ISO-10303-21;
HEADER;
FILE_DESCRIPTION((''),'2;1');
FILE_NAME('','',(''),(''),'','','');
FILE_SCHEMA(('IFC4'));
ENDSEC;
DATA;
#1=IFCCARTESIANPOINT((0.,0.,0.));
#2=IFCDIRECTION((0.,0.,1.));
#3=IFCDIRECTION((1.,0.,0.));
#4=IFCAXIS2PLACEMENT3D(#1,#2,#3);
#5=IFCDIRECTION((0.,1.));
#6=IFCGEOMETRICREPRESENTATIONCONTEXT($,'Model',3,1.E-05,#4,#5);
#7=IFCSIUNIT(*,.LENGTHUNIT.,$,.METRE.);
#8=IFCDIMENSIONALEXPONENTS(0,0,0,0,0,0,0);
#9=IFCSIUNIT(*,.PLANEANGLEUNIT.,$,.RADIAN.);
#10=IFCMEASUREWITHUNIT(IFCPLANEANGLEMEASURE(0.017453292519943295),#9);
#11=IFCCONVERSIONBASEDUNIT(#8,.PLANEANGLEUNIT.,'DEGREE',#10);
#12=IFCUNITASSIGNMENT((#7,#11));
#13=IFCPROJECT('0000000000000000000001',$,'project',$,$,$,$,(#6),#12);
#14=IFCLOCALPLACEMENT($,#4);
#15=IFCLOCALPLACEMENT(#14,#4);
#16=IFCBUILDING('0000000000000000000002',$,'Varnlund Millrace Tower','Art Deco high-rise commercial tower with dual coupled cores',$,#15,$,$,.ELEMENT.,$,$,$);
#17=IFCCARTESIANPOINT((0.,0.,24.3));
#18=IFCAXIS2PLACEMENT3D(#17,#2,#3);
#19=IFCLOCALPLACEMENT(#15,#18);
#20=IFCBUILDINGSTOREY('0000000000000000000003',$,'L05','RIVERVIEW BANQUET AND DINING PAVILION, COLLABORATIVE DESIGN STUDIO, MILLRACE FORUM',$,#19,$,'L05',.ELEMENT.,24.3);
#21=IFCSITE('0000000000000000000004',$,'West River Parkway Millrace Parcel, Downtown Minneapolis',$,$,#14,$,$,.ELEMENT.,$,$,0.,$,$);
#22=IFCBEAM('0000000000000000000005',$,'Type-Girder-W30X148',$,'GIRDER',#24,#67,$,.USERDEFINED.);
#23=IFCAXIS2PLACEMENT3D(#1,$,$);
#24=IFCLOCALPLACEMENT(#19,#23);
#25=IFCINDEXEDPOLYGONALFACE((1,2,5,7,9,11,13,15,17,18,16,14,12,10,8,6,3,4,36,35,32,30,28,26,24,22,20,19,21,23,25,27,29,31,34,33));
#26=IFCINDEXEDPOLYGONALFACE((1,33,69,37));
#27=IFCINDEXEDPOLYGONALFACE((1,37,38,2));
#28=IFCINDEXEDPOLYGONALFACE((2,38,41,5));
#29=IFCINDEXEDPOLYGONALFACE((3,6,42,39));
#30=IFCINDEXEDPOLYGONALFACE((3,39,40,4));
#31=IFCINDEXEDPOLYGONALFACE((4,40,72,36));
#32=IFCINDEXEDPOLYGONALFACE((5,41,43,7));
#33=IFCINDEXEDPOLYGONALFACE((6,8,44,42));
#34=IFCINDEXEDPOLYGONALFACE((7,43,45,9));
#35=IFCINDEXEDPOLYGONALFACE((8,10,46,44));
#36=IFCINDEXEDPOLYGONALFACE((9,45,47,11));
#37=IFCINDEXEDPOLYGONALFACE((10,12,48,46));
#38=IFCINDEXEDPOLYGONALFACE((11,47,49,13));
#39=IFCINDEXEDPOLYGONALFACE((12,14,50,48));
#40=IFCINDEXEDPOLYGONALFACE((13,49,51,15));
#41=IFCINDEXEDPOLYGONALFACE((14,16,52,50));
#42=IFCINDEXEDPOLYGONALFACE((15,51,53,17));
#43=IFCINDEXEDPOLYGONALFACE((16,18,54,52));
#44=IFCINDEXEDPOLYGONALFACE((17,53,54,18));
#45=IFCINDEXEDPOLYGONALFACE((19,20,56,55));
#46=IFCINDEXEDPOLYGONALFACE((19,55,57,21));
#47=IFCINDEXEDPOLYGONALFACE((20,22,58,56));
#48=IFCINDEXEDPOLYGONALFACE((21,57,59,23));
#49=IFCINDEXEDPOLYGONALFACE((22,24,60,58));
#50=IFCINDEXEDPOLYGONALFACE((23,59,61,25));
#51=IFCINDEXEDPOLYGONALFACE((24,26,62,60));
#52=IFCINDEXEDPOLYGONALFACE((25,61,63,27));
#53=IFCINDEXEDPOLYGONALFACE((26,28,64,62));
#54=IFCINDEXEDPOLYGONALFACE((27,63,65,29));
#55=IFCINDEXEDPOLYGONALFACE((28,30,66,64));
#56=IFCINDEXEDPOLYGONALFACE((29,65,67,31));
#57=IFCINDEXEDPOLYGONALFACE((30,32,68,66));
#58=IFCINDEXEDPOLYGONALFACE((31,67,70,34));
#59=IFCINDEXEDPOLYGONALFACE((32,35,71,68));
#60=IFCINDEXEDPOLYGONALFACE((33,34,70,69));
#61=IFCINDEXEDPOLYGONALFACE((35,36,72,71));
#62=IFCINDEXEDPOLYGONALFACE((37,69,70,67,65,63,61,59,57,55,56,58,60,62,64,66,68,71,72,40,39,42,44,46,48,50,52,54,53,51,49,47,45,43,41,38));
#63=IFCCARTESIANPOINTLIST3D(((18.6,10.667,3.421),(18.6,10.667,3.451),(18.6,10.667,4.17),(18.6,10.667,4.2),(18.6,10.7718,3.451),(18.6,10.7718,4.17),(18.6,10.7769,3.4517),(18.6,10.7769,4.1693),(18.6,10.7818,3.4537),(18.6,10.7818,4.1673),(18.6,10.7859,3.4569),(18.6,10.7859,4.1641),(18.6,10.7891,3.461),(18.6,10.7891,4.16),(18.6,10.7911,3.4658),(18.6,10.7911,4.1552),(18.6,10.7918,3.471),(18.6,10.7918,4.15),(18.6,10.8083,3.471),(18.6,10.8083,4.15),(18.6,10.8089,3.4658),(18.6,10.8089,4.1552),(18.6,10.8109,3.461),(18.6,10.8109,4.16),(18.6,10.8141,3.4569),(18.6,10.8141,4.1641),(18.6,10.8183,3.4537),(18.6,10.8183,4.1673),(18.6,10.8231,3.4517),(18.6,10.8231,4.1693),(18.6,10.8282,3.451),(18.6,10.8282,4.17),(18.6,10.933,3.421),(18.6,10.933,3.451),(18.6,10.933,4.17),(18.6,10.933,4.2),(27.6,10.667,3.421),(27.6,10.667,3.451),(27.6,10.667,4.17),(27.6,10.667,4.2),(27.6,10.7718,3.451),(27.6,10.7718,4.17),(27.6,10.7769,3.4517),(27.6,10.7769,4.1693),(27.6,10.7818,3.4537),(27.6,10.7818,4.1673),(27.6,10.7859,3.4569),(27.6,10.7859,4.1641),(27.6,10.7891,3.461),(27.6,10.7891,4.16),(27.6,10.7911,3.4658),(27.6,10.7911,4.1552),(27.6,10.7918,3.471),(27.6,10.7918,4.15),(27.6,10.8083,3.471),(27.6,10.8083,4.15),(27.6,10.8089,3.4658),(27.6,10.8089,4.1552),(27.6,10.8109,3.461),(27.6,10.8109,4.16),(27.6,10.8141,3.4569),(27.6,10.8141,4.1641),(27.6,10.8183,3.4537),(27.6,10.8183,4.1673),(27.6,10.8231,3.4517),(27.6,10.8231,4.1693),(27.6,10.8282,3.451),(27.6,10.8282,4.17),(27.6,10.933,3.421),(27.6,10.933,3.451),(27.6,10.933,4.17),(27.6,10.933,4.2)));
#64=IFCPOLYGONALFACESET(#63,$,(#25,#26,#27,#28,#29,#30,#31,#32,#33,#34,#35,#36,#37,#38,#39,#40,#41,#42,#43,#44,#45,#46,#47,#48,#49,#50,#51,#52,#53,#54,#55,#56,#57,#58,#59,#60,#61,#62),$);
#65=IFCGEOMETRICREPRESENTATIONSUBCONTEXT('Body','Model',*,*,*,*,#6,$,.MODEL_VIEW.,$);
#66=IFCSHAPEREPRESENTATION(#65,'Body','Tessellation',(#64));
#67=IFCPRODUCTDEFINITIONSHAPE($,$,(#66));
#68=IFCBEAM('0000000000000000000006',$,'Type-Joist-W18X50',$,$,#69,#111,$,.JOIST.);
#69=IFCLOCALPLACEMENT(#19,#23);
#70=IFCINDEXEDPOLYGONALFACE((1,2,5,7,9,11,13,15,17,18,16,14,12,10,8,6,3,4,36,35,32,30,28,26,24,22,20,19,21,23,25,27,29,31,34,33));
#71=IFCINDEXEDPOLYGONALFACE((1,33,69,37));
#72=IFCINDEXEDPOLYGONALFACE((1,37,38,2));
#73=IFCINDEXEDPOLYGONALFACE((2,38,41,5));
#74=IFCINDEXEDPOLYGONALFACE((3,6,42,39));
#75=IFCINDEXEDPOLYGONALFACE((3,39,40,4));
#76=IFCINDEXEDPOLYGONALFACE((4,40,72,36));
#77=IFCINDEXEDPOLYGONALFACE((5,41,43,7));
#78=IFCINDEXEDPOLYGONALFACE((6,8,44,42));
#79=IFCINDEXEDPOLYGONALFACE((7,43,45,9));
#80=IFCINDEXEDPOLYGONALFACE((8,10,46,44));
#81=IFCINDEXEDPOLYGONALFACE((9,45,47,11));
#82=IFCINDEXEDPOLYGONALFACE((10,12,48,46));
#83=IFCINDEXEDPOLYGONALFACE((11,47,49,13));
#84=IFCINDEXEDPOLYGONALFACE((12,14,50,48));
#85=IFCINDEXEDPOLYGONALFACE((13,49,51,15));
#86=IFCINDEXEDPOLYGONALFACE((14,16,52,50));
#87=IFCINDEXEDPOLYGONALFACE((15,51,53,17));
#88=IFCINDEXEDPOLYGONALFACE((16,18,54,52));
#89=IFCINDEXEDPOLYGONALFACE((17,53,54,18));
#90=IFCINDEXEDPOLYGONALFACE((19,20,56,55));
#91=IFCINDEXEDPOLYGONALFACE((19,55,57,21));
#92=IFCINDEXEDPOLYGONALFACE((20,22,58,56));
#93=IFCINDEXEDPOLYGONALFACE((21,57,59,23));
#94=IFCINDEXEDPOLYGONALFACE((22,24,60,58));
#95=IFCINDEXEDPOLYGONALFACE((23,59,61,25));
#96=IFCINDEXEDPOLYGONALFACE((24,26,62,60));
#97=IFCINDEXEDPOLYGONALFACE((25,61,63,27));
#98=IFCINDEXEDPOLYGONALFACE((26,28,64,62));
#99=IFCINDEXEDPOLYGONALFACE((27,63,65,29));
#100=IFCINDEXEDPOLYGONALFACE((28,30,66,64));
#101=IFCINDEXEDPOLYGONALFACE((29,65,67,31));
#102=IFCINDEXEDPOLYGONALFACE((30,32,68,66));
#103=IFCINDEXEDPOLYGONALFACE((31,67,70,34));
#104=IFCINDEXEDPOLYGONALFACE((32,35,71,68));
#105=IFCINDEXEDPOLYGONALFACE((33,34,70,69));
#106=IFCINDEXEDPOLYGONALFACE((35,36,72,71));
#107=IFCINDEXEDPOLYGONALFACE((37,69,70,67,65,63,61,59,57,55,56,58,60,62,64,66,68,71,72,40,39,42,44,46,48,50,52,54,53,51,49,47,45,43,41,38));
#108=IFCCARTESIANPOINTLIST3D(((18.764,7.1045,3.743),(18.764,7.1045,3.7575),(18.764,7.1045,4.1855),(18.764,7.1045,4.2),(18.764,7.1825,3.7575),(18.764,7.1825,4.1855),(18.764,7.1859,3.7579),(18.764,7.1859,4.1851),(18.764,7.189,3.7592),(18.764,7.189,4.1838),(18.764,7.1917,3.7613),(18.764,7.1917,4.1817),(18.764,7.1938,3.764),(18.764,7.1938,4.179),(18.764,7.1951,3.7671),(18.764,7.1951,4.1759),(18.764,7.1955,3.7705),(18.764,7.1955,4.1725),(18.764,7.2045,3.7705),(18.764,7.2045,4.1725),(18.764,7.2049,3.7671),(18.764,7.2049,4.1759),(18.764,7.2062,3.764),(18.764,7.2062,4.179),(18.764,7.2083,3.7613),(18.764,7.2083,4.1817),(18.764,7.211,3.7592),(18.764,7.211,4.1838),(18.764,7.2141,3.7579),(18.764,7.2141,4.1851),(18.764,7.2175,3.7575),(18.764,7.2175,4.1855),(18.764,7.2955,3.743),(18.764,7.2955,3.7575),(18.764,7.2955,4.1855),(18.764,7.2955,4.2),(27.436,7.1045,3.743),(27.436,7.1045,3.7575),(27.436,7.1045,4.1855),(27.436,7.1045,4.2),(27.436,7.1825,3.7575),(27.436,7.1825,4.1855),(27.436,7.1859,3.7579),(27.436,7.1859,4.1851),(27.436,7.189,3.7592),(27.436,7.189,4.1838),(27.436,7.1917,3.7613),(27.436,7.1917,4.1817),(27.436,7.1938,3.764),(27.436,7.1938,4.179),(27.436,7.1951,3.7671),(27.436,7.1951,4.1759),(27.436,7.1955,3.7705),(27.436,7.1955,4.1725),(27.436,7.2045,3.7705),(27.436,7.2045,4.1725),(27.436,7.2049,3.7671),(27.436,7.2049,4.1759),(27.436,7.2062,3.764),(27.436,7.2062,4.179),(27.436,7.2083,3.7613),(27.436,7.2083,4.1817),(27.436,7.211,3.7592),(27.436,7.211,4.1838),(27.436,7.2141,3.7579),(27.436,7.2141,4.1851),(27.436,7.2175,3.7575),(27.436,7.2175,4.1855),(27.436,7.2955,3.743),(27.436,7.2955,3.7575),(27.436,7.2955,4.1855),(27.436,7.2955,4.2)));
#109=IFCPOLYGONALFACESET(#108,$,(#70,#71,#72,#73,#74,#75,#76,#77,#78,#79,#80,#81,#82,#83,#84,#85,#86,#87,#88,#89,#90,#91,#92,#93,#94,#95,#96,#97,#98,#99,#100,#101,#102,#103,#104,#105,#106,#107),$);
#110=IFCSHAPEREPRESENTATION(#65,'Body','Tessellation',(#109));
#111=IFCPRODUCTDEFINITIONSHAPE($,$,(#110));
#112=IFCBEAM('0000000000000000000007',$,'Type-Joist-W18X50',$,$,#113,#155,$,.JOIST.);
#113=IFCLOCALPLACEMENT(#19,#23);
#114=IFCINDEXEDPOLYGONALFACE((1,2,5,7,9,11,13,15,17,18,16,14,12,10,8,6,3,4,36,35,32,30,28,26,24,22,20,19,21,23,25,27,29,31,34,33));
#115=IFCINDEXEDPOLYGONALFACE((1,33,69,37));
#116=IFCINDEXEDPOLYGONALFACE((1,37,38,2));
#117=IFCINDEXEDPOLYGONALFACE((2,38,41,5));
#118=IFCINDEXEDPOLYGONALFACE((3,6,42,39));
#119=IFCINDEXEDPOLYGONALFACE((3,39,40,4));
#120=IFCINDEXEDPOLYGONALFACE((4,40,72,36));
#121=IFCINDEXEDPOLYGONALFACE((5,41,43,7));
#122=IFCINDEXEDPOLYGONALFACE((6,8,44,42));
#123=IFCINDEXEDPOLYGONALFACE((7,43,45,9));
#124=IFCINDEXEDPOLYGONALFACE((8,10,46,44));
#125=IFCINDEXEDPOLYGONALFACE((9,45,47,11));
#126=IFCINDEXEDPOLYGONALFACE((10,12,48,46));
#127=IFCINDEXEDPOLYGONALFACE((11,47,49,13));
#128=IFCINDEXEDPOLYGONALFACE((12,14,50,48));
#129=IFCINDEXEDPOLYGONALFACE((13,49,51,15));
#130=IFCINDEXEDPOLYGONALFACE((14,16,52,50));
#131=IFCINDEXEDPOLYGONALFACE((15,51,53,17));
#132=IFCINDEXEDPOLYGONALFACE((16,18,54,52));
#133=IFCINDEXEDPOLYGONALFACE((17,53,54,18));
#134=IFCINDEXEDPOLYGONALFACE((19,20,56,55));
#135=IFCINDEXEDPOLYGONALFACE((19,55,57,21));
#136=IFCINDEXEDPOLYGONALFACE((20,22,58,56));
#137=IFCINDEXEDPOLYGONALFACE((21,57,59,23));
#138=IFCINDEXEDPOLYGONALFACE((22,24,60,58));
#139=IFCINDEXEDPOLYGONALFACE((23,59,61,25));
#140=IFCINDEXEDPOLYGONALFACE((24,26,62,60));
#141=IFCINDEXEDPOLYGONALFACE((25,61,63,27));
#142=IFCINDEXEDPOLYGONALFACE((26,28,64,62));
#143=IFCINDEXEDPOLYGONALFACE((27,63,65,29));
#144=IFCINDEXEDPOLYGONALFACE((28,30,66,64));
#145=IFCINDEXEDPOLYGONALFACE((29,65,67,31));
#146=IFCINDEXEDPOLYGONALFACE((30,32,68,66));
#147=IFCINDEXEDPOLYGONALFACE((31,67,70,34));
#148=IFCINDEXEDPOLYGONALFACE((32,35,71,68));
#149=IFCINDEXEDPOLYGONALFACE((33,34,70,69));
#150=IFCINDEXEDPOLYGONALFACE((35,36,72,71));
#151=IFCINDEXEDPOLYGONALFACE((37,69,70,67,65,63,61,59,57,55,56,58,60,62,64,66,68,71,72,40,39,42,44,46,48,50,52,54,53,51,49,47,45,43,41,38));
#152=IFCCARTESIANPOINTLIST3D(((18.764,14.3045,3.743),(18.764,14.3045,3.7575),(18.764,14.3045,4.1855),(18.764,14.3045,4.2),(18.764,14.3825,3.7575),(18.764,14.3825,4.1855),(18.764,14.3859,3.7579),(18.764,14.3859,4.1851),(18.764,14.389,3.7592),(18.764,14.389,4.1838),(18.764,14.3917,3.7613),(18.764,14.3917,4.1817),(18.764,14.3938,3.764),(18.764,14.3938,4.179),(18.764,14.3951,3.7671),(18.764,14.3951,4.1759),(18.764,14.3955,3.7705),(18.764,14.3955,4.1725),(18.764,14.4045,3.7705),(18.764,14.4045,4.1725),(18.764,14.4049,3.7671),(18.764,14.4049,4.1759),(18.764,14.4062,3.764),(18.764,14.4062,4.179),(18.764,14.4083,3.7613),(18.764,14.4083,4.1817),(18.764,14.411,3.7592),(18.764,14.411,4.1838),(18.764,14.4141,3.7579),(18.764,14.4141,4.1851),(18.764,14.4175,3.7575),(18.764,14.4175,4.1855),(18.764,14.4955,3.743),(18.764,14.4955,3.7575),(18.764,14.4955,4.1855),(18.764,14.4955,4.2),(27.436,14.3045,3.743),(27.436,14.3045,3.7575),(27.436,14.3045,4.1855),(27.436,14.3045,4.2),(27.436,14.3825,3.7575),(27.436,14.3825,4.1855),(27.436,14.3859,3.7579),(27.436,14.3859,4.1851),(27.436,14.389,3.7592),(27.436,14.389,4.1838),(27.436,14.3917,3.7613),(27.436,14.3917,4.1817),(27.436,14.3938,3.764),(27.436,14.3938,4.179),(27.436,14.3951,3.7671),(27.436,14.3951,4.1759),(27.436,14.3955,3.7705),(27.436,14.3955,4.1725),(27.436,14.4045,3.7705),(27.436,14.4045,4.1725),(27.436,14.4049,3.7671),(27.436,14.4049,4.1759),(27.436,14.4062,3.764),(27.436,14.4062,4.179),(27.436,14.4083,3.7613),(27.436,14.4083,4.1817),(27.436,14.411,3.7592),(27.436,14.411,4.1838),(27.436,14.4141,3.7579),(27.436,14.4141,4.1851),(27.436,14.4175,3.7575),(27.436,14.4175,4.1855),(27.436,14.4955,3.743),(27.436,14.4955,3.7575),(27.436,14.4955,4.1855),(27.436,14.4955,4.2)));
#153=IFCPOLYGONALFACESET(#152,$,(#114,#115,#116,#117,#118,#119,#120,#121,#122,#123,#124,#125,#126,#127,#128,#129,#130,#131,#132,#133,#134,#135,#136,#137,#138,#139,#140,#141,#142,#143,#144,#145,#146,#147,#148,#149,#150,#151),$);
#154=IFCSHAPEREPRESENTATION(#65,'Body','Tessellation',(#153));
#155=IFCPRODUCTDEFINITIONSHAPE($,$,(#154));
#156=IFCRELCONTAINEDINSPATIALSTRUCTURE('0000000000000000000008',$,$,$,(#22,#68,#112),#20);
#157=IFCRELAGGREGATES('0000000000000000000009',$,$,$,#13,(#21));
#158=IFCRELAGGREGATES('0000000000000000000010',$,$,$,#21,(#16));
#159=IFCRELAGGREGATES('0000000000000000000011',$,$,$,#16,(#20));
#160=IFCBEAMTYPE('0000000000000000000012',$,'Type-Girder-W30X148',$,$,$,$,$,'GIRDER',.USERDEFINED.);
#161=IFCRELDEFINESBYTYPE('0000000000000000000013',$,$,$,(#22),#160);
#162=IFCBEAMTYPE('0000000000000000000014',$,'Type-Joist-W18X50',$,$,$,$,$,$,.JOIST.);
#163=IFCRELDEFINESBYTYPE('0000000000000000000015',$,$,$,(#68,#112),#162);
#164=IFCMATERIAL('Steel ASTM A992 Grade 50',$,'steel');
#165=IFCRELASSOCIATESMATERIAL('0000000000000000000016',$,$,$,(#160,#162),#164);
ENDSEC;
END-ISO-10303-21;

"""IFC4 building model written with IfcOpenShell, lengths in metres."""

from ifc_helpers import new_model, entity, si_unit, converted_unit, direction, frame, origin_with_axes, origin_2d_with_axis, place, context, subcontext, project, spatial, i_section, extrude, material, material_profile, profile_set, type_object, element, save


model = new_model("IFC4")

# Units and contexts
model_context = context("Model", 3, precision=1e-05, world=origin_with_axes(), true_north=direction((0.0, 1.0)))
body_context = subcontext(model_context, "Body", "Model", "MODEL_VIEW")
ifc_project = project(units=[si_unit("LENGTHUNIT", "METRE"), converted_unit("PLANEANGLEUNIT", "DEGREE", entity("IfcPlaneAngleMeasure", 0.017453292519943295), si_unit("PLANEANGLEUNIT", "RADIAN"), dimensions=[0, 0, 0, 0, 0, 0, 0])], contexts=[model_context])

# Site, building, storey
site_placement = place(None, origin_with_axes())
site = spatial("IfcSite", under=ifc_project, at=site_placement, Name="West River Parkway Millrace Parcel, Downtown Minneapolis", CompositionType="ELEMENT", RefElevation=0.0)
building_placement = place(site_placement, origin_with_axes())
building = spatial("IfcBuilding", under=site, at=building_placement, Name="Varnlund Millrace Tower", Description="Art Deco high-rise commercial tower with dual coupled cores", CompositionType="ELEMENT")
storey_placement = place(building_placement, frame((0.0, 0.0, 24.3), z_axis=(0.0, 0.0, 1.0), x_axis=(1.0, 0.0, 0.0)))
storey = spatial("IfcBuildingStorey", under=building, at=storey_placement, Name="L05", Description="RIVERVIEW BANQUET AND DINING PAVILION, COLLABORATIVE DESIGN STUDIO, MILLRACE FORUM", LongName="L05", CompositionType="ELEMENT", Elevation=24.3)

# Beams
ifc_material_1 = material(Name="Steel ASTM A992 Grade 50", Category="steel")
ifc_material_profile_1 = material_profile(ifc_material_1, i_section(OverallWidth=0.266, OverallDepth=0.779, WebThickness=0.0165, FlangeThickness=0.03, FilletRadius=0.02, at=origin_2d_with_axis()), Name="Steel ASTM A992 Grade 50")
ifc_profile_set_1 = profile_set([ifc_material_profile_1], Name="Steel ASTM A992 Grade 50")
beam_type_1 = type_object("IfcBeamType", Name="Type-Girder-W30X148", ElementType="GIRDER", PredefinedType="USERDEFINED", material=ifc_profile_set_1)
beam_1_placement = place(storey_placement, frame((18.6, 10.8, 3.8105), z_axis=(1.0, 0.0, 0.0), x_axis=(0.0, 1.0, 0.0)))
element("IfcBeam", 1, at=beam_1_placement, inside=storey, type_object=beam_type_1, Name="Type-Girder-W30X148", ObjectType="GIRDER", PredefinedType="USERDEFINED", context=body_context, shape_type="SweptSolid", body=[
    extrude(i_section(OverallWidth=0.266, OverallDepth=0.779, WebThickness=0.0165, FlangeThickness=0.03, FilletRadius=0.02, at=origin_2d_with_axis()), origin_with_axes(), (0.0, 0.0, 1.0), 9.0),
])
ifc_material_profile_2 = material_profile(ifc_material_1, i_section(OverallWidth=0.191, OverallDepth=0.457, WebThickness=0.009, FlangeThickness=0.0145, FilletRadius=0.013, at=origin_2d_with_axis()), Name="Steel ASTM A992 Grade 50")
ifc_profile_set_2 = profile_set([ifc_material_profile_2], Name="Steel ASTM A992 Grade 50")
beam_type_2 = type_object("IfcBeamType", Name="Type-Joist-W18X50", PredefinedType="JOIST", material=ifc_profile_set_2)
for number, where, z_axis, x_axis, name in (
    (2, (18.764, 7.2, 3.9715), (1.0, 0.0, 0.0), (0.0, 1.0, 0.0), "Type-Joist-W18X50"),
    (3, (18.764, 14.4, 3.9715), (1.0, 0.0, 0.0), (0.0, 1.0, 0.0), "Type-Joist-W18X50"),
):
    element("IfcBeam", number, at=place(storey_placement, frame(where, z_axis=z_axis, x_axis=x_axis)), inside=storey, type_object=beam_type_2, Name=name, PredefinedType="JOIST", context=body_context, shape_type="SweptSolid", body=[
        extrude(i_section(OverallWidth=0.191, OverallDepth=0.457, WebThickness=0.009, FlangeThickness=0.0145, FilletRadius=0.013, at=origin_2d_with_axis()), origin_with_axes(), (0.0, 0.0, 1.0), 8.672),
    ])

save(model, "model.ifc")
